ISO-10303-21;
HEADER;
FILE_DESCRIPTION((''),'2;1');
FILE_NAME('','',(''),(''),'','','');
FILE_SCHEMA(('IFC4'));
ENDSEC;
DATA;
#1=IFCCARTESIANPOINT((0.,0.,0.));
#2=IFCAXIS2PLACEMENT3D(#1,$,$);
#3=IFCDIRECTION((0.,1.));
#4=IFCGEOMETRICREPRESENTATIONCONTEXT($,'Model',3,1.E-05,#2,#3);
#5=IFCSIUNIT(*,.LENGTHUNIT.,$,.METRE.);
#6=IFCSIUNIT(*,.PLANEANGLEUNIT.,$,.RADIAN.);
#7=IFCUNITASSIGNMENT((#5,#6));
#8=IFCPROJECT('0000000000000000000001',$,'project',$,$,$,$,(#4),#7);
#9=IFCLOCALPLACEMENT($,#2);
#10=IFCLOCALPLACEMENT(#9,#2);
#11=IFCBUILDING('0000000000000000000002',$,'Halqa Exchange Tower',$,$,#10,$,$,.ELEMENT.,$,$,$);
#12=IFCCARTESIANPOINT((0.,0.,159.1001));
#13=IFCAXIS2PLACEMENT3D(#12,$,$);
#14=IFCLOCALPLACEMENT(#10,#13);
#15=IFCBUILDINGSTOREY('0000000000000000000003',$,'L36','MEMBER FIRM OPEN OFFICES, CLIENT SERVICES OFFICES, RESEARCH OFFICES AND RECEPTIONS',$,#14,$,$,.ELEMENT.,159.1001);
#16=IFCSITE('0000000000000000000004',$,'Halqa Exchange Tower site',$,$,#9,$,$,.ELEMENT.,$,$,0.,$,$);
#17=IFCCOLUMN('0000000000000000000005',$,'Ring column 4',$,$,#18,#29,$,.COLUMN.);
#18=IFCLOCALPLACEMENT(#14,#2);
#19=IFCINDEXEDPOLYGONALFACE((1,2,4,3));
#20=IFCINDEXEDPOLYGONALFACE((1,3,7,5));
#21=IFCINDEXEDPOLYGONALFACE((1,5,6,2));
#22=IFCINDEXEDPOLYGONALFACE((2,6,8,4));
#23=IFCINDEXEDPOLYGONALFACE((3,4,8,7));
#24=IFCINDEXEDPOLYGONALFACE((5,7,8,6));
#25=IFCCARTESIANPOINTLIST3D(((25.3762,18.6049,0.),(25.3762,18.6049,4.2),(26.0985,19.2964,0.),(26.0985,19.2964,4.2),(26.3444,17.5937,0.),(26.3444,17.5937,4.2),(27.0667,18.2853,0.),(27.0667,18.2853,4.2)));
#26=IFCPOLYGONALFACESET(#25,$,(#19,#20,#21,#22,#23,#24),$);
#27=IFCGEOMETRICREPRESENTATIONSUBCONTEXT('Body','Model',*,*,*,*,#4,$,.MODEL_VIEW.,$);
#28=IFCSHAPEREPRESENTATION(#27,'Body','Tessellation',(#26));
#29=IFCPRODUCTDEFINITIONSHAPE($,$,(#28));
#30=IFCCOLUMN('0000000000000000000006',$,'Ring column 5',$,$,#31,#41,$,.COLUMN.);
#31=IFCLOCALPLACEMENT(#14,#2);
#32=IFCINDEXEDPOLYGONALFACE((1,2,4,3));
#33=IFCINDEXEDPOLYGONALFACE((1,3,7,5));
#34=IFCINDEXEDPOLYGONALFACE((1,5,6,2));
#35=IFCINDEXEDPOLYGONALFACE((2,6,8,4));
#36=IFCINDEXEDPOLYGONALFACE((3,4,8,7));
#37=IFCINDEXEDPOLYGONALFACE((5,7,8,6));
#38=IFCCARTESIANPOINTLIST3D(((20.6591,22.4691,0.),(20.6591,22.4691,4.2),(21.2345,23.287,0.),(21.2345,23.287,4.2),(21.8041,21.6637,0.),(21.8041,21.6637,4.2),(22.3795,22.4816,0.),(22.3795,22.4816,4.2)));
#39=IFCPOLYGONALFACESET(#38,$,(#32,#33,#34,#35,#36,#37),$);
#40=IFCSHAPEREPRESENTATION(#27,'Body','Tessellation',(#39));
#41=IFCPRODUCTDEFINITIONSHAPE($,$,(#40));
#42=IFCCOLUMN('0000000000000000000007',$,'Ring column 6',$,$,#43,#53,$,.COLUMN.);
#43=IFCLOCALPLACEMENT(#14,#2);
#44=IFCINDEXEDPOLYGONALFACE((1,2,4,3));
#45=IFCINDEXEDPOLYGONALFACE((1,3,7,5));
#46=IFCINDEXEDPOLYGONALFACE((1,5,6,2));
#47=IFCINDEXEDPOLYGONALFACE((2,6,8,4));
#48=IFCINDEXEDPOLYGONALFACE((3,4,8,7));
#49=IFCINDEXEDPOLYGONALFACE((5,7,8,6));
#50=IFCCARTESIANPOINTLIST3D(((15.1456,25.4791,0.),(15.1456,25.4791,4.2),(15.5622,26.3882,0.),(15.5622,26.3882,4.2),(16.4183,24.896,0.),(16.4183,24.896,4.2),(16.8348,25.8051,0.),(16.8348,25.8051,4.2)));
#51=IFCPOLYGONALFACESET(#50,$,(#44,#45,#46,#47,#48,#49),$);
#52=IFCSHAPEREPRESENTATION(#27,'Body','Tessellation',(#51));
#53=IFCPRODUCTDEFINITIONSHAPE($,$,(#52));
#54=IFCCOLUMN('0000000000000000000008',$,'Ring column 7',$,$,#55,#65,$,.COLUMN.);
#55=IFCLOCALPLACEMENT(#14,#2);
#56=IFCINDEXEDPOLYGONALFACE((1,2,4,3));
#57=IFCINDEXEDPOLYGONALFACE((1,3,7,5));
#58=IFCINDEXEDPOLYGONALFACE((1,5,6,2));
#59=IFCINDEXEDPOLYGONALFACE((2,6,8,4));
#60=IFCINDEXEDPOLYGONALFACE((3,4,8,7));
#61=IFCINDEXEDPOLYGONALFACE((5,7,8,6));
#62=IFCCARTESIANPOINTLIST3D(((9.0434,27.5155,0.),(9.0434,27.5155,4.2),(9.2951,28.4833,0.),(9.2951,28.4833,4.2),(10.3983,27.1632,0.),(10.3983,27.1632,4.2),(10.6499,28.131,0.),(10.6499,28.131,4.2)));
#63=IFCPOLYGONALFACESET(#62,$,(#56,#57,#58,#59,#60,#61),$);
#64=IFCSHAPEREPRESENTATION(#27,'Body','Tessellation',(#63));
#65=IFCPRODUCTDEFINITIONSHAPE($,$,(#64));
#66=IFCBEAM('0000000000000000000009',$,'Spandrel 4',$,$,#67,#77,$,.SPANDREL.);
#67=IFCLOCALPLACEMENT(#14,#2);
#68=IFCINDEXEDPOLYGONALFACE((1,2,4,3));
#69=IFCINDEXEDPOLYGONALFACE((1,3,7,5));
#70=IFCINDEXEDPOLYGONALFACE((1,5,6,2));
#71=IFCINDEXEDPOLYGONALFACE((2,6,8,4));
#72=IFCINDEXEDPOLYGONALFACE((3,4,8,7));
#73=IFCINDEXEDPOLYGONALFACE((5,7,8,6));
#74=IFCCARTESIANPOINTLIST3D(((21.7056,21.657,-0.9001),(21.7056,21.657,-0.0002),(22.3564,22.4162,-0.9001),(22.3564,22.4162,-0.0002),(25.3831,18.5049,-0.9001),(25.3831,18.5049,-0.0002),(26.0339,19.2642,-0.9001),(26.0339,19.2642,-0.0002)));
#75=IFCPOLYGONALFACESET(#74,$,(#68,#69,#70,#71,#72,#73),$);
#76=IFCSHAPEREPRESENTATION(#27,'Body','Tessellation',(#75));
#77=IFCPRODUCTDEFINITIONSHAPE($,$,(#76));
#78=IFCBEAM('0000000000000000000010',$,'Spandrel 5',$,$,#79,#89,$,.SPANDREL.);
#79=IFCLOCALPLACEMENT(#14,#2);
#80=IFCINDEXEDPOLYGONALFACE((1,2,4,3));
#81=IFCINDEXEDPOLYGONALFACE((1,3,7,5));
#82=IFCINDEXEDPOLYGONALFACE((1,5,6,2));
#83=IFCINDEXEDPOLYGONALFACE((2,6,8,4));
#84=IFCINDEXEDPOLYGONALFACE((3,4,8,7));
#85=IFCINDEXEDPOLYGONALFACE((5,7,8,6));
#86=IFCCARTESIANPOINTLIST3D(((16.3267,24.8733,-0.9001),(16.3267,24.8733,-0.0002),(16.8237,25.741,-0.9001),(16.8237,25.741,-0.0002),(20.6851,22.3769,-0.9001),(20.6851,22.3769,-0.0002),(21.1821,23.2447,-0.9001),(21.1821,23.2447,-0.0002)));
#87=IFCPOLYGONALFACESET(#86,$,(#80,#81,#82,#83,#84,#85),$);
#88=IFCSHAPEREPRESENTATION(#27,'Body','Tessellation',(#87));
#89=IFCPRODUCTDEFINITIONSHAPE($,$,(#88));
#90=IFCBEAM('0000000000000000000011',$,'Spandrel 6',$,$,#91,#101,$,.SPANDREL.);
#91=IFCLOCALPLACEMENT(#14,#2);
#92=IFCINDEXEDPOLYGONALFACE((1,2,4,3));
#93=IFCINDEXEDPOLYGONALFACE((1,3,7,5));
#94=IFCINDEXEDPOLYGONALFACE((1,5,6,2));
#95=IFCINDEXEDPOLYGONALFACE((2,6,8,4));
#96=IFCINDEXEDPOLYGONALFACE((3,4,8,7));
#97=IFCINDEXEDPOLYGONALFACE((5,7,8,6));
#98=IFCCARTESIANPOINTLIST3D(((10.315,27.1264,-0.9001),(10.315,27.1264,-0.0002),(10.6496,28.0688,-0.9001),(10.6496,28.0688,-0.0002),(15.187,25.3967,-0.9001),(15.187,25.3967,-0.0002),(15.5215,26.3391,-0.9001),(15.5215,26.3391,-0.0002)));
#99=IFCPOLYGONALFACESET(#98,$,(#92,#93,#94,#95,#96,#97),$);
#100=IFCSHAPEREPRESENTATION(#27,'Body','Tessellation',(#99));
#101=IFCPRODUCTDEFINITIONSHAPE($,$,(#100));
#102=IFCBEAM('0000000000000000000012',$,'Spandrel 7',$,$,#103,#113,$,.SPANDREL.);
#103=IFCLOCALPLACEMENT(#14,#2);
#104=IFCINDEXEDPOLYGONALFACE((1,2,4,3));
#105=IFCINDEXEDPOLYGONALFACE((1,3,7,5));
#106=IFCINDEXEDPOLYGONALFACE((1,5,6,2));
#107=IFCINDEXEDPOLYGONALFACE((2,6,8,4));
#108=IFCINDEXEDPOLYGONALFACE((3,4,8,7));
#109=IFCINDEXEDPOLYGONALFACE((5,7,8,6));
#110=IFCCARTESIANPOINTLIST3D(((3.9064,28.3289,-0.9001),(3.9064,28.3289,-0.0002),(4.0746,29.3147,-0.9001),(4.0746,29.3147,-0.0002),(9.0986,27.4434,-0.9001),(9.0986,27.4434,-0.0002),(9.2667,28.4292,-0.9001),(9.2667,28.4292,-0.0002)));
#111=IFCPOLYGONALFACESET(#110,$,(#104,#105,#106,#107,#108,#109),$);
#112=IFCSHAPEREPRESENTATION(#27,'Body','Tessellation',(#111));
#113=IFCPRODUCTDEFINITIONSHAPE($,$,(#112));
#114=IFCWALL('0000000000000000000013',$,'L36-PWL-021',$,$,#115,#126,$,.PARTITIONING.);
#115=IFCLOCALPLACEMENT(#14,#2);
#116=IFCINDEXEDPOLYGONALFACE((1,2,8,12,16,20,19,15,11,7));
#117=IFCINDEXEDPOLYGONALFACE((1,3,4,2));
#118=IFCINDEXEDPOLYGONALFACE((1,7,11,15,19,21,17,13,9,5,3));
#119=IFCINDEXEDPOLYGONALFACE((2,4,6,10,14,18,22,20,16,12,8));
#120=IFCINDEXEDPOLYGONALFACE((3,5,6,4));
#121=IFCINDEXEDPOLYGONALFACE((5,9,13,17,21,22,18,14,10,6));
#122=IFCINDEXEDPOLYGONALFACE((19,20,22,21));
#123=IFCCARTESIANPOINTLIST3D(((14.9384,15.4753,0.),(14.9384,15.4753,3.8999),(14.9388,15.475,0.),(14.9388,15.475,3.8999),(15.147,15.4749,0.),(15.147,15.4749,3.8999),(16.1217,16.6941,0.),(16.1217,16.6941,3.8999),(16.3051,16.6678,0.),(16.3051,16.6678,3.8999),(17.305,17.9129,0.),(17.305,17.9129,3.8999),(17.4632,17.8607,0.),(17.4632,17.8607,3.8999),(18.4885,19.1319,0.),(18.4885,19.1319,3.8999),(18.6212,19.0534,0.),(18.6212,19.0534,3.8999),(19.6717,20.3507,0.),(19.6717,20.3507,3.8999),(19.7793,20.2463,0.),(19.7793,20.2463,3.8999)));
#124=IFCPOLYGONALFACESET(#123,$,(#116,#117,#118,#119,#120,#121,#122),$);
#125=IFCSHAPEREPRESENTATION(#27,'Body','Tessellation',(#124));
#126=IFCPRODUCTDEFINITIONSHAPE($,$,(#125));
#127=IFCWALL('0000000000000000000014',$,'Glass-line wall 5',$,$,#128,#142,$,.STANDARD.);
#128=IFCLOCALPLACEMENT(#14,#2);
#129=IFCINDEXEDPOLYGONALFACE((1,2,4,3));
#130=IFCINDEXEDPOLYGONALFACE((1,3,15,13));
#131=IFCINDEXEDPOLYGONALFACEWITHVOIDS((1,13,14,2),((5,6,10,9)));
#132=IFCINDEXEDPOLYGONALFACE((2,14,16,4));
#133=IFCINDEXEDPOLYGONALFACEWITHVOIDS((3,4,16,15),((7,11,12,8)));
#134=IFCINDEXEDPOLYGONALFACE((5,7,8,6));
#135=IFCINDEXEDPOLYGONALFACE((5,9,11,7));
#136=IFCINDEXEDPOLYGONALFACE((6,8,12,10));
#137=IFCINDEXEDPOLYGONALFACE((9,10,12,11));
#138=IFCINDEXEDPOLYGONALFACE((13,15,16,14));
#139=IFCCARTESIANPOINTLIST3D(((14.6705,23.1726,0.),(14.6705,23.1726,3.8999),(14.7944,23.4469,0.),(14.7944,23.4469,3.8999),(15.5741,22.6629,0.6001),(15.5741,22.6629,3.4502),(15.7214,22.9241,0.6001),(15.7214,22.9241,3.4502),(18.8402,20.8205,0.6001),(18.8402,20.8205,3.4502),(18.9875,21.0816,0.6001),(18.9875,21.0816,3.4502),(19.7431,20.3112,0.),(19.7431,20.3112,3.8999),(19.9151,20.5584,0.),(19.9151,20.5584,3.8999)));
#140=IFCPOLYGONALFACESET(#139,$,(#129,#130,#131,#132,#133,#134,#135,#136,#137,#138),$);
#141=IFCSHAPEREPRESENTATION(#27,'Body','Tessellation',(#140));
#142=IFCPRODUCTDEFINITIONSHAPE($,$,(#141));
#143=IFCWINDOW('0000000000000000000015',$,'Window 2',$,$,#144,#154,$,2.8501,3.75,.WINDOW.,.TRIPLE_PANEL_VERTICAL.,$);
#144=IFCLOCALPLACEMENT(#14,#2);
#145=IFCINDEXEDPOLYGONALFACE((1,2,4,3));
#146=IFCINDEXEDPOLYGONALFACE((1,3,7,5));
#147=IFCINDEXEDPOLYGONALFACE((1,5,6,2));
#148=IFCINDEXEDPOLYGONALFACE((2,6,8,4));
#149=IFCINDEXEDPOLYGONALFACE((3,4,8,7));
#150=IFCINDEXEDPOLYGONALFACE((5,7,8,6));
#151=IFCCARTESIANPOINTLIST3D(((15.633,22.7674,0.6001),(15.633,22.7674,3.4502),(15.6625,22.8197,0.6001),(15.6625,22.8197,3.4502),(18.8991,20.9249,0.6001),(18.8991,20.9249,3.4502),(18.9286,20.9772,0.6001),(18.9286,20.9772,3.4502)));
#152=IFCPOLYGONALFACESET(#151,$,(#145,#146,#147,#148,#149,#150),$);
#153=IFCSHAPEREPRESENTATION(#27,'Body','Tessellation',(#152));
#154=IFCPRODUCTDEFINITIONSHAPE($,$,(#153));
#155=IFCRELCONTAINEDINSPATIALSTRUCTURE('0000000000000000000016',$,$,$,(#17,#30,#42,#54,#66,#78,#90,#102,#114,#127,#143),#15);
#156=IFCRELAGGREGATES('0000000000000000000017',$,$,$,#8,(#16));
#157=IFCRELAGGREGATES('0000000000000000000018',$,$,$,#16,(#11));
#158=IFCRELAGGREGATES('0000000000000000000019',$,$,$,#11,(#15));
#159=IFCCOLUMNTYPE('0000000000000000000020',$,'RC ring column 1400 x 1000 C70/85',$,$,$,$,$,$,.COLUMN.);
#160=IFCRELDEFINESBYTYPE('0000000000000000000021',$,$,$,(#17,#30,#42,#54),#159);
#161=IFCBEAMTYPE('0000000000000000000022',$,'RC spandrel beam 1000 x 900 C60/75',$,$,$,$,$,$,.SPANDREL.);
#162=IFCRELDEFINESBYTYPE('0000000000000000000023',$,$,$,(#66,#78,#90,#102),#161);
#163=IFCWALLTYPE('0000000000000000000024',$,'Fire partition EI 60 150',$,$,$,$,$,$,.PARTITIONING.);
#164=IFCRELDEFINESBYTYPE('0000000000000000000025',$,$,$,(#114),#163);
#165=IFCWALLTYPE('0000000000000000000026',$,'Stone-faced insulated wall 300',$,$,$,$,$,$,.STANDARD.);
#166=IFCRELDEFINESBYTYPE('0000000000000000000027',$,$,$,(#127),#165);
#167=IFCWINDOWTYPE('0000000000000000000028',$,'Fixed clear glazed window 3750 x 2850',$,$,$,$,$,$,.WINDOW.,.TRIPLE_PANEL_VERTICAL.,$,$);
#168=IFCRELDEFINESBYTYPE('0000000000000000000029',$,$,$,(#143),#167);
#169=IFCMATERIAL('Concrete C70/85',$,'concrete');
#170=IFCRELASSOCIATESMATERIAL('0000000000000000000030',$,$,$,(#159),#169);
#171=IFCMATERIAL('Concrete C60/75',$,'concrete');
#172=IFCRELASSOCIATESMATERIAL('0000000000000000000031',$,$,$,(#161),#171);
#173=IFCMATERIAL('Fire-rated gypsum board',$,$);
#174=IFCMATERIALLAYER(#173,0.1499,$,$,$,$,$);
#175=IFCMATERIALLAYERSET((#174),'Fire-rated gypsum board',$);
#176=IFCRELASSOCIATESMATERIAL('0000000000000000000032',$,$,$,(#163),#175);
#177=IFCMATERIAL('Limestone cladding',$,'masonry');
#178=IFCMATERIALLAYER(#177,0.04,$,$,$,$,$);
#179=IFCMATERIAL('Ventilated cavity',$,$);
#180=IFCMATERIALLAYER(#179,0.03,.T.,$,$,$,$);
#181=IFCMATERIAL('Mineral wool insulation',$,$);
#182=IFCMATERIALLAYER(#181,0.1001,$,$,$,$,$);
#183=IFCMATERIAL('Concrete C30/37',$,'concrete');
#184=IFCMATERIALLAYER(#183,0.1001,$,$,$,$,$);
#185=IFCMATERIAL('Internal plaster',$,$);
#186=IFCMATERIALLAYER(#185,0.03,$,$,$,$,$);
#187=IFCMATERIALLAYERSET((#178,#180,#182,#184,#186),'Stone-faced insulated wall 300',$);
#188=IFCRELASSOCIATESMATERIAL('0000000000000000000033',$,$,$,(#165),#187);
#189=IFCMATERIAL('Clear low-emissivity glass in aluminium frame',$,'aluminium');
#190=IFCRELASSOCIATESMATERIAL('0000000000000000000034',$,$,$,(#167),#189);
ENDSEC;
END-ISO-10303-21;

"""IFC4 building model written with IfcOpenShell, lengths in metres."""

from ifc_helpers import new_model, si_unit, direction, frame, frame_2d, origin, origin_2d, place, context, subcontext, project, spatial, polyline, rectangle, outline, extrude, material, layer, layer_set, material_profile, profile_set, type_object, element, fill, save


model = new_model("IFC4")

# Units and contexts
model_context = context("Model", 3, precision=1e-05, world=origin(), true_north=direction((0.0, 1.0)))
body_context = subcontext(model_context, "Body", "Model", "MODEL_VIEW")
ifc_project = project(units=[si_unit("LENGTHUNIT", "METRE"), si_unit("PLANEANGLEUNIT", "RADIAN")], contexts=[model_context])

# Site, building, storey
site_placement = place(None, origin())
site = spatial("IfcSite", under=ifc_project, at=site_placement, Name="Halqa Exchange Tower site", CompositionType="ELEMENT", RefElevation=0.0)
building_placement = place(site_placement, origin())
building = spatial("IfcBuilding", under=site, at=building_placement, Name="Halqa Exchange Tower", CompositionType="ELEMENT")
storey_placement = place(building_placement, frame((0.0, 0.0, 159.1001)))
storey = spatial("IfcBuildingStorey", under=building, at=storey_placement, Name="L36", Description="MEMBER FIRM OPEN OFFICES, CLIENT SERVICES OFFICES, RESEARCH OFFICES AND RECEPTIONS", CompositionType="ELEMENT", Elevation=159.1001)

# Columns
ifc_material_1 = material(Name="Concrete C70/85", Category="concrete")
ifc_material_profile_1 = material_profile(ifc_material_1, rectangle(XDim=1.3999, YDim=1.0, at=origin_2d()), Name="1400 x 1000")
ifc_profile_set_1 = profile_set([ifc_material_profile_1], Name="Concrete C70/85")
column_type = type_object("IfcColumnType", Name="RC ring column 1400 x 1000 C70/85", PredefinedType="COLUMN", material=ifc_profile_set_1)
for number, where, z_axis, x_axis, name in (
    (1, (26.2214, 18.4451, 0.0), (0.0, 0.0, 1.0), (-0.691579, 0.722301, 0.0), "Ring column 4"),
    (2, (21.5193, 22.4753, 0.0), (0.0, 0.0, 1.0), (-0.817911, 0.575345, 0.0), "Ring column 5"),
    (3, (15.9902, 25.6421, 0.0), (0.0, 0.0, 1.0), (-0.909126, 0.41652, 0.0), "Ring column 6"),
    (4, (9.8467, 27.8232, 0.0), (0.0, 0.0, 1.0), (-0.96782, 0.251645, 0.0), "Ring column 7"),
):
    element("IfcColumn", number, at=place(storey_placement, frame(where, z_axis=z_axis, x_axis=x_axis)), inside=storey, type_object=column_type, Name=name, PredefinedType="COLUMN", context=body_context, shape_type="SweptSolid", body=[
        extrude(rectangle(XDim=1.3999, YDim=1.0, at=origin_2d()), origin(), (0.0, 0.0, 1.0), 4.2),
    ])

# Beams
ifc_material_2 = material(Name="Concrete C60/75", Category="concrete")
ifc_material_profile_2 = material_profile(ifc_material_2, rectangle(XDim=1.0, YDim=0.8999, at=origin_2d()), Name="1000 x 900")
ifc_profile_set_2 = profile_set([ifc_material_profile_2], Name="Concrete C60/75")
beam_type = type_object("IfcBeamType", Name="RC spandrel beam 1000 x 900 C60/75", PredefinedType="SPANDREL", material=ifc_profile_set_2)
beam_1_placement = place(storey_placement, frame((25.7085, 18.8845, -0.4502), z_axis=(-0.75926, 0.650787, 0.0), x_axis=(-0.650787, -0.75926, 0.0)))
element("IfcBeam", 5, at=beam_1_placement, inside=storey, type_object=beam_type, Name="Spandrel 4", PredefinedType="SPANDREL", context=body_context, shape_type="SweptSolid", body=[
    extrude(rectangle(XDim=1.0, YDim=0.8999, at=origin_2d()), origin(), (0.0, 0.0, 1.0), 4.8435),
])
beam_2_placement = place(storey_placement, frame((20.9336, 22.8108, -0.4502), z_axis=(-0.867743, 0.497013, 0.0), x_axis=(-0.497013, -0.867743, 0.0)))
element("IfcBeam", 6, at=beam_2_placement, inside=storey, type_object=beam_type, Name="Spandrel 5", PredefinedType="SPANDREL", context=body_context, shape_type="SweptSolid", body=[
    extrude(rectangle(XDim=1.0, YDim=0.8999, at=origin_2d()), origin(), (0.0, 0.0, 1.0), 5.0227),
])
beam_3_placement = place(storey_placement, frame((15.3542, 25.8679, -0.4502), z_axis=(-0.942371, 0.334571, 0.0), x_axis=(-0.334571, -0.942371, 0.0)))
element("IfcBeam", 7, at=beam_3_placement, inside=storey, type_object=beam_type, Name="Spandrel 6", PredefinedType="SPANDREL", context=body_context, shape_type="SweptSolid", body=[
    extrude(rectangle(XDim=1.0, YDim=0.8999, at=origin_2d()), origin(), (0.0, 0.0, 1.0), 5.1699),
])
beam_4_placement = place(storey_placement, frame((9.1826, 27.9363, -0.4502), z_axis=(-0.985767, 0.168119, 0.0), x_axis=(-0.168119, -0.985767, 0.0)))
element("IfcBeam", 8, at=beam_4_placement, inside=storey, type_object=beam_type, Name="Spandrel 7", PredefinedType="SPANDREL", context=body_context, shape_type="SweptSolid", body=[
    extrude(rectangle(XDim=1.0, YDim=0.8999, at=origin_2d()), origin(), (0.0, 0.0, 1.0), 5.2671),
])

# Wall
ifc_material_3 = material(Name="Fire-rated gypsum board")
ifc_layer_1 = layer(ifc_material_3, 0.1499)
ifc_layer_set_1 = layer_set([ifc_layer_1], Name="Fire-rated gypsum board")
wall_type_1 = type_object("IfcWallType", Name="Fire partition EI 60 150", PredefinedType="PARTITIONING", material=ifc_layer_set_1)
wall_1_placement = place(storey_placement, frame((14.9922, 15.4231, 0.0), z_axis=(0.0, 0.0, 1.0), x_axis=(0.696574, 0.717485, 0.0)))
element("IfcWall", 9, at=wall_1_placement, inside=storey, type_object=wall_type_1, Name="L36-PWL-021", PredefinedType="PARTITIONING", context=body_context, shape_type="SweptSolid", body=[
    extrude(outline(polyline([(0.0, 0.075), (0.0, 0.0745), (0.145, -0.075), (1.8076, -0.075), (3.4702, -0.075), (5.1326, -0.075), (6.7952, -0.075), (6.7952, 0.075), (5.0964, 0.075), (3.3975, 0.075), (1.6987, 0.075), (0.0, 0.075)])), origin(), (0.0, 0.0, 1.0), 3.8999),
])

# Shared definitions
ifc_material_4 = material(Name="Limestone cladding", Category="masonry")
ifc_layer_2 = layer(ifc_material_4, 0.04)
ifc_material_5 = material(Name="Ventilated cavity")
ifc_layer_3 = layer(ifc_material_5, 0.03, ventilated=True)
ifc_material_6 = material(Name="Mineral wool insulation")
ifc_layer_4 = layer(ifc_material_6, 0.1001)
ifc_material_7 = material(Name="Concrete C30/37", Category="concrete")
ifc_layer_5 = layer(ifc_material_7, 0.1001)
ifc_material_8 = material(Name="Internal plaster")
ifc_layer_6 = layer(ifc_material_8, 0.03)
ifc_layer_set_2 = layer_set([ifc_layer_2, ifc_layer_3, ifc_layer_4, ifc_layer_5, ifc_layer_6], Name="Stone-faced insulated wall 300")
wall_type_2 = type_object("IfcWallType", Name="Stone-faced insulated wall 300", PredefinedType="STANDARD", material=ifc_layer_set_2)
ifc_material_9 = material(Name="Clear low-emissivity glass in aluminium frame", Category="aluminium")

# Wall, opening, window
wall_2_placement = place(storey_placement, frame((19.8291, 20.4348, 0.0), z_axis=(0.0, 0.0, 1.0), x_axis=(-0.870982, 0.491315, 0.0)))
wall_2 = element("IfcWall", 10, at=wall_2_placement, inside=storey, type_object=wall_type_2, Name="Glass-line wall 5", PredefinedType="STANDARD", context=body_context, shape_type="SweptSolid", body=[
    extrude(outline(polyline([(-0.0142, -0.1499), (5.865, -0.1499), (5.8381, 0.1499), (0.0142, 0.1499), (-0.0142, -0.1499)])), origin(), (0.0, 0.0, 1.0), 3.8999),
])
opening_1_placement = place(wall_2_placement, frame((1.0508, 0.0, 0.6001)))
opening_1 = element("IfcOpeningElement", 11, at=opening_1_placement, cuts=wall_2, PredefinedType="OPENING", context=body_context, shape_type="SweptSolid", body=[
    extrude(rectangle(XDim=3.75, YDim=2.8501, at=frame_2d((1.875, 1.425))), frame((0.0, 0.1621, 0.0), z_axis=(0.0, -1.0, 0.0), x_axis=(1.0, 0.0, 0.0)), (0.0, 0.0, 1.0), 0.324),
])
window_type = type_object("IfcWindowType", Name="Fixed clear glazed window 3750 x 2850", PartitioningType="TRIPLE_PANEL_VERTICAL", PredefinedType="WINDOW", material=ifc_material_9)
window_1_placement = place(opening_1_placement, origin())
window_1 = element("IfcWindow", 12, at=window_1_placement, inside=storey, type_object=window_type, Name="Window 2", OverallHeight=2.8501, OverallWidth=3.75, PartitioningType="TRIPLE_PANEL_VERTICAL", PredefinedType="WINDOW", context=body_context, shape_type="SweptSolid", body=[
    extrude(rectangle(XDim=3.75, YDim=2.8501, at=frame_2d((1.875, 1.425))), frame((0.0, 0.03, 0.0), z_axis=(0.0, -1.0, 0.0), x_axis=(1.0, 0.0, 0.0)), (0.0, 0.0, 1.0), 0.0601),
])
fill(opening_1, window_1)

save(model, "model.ifc")
